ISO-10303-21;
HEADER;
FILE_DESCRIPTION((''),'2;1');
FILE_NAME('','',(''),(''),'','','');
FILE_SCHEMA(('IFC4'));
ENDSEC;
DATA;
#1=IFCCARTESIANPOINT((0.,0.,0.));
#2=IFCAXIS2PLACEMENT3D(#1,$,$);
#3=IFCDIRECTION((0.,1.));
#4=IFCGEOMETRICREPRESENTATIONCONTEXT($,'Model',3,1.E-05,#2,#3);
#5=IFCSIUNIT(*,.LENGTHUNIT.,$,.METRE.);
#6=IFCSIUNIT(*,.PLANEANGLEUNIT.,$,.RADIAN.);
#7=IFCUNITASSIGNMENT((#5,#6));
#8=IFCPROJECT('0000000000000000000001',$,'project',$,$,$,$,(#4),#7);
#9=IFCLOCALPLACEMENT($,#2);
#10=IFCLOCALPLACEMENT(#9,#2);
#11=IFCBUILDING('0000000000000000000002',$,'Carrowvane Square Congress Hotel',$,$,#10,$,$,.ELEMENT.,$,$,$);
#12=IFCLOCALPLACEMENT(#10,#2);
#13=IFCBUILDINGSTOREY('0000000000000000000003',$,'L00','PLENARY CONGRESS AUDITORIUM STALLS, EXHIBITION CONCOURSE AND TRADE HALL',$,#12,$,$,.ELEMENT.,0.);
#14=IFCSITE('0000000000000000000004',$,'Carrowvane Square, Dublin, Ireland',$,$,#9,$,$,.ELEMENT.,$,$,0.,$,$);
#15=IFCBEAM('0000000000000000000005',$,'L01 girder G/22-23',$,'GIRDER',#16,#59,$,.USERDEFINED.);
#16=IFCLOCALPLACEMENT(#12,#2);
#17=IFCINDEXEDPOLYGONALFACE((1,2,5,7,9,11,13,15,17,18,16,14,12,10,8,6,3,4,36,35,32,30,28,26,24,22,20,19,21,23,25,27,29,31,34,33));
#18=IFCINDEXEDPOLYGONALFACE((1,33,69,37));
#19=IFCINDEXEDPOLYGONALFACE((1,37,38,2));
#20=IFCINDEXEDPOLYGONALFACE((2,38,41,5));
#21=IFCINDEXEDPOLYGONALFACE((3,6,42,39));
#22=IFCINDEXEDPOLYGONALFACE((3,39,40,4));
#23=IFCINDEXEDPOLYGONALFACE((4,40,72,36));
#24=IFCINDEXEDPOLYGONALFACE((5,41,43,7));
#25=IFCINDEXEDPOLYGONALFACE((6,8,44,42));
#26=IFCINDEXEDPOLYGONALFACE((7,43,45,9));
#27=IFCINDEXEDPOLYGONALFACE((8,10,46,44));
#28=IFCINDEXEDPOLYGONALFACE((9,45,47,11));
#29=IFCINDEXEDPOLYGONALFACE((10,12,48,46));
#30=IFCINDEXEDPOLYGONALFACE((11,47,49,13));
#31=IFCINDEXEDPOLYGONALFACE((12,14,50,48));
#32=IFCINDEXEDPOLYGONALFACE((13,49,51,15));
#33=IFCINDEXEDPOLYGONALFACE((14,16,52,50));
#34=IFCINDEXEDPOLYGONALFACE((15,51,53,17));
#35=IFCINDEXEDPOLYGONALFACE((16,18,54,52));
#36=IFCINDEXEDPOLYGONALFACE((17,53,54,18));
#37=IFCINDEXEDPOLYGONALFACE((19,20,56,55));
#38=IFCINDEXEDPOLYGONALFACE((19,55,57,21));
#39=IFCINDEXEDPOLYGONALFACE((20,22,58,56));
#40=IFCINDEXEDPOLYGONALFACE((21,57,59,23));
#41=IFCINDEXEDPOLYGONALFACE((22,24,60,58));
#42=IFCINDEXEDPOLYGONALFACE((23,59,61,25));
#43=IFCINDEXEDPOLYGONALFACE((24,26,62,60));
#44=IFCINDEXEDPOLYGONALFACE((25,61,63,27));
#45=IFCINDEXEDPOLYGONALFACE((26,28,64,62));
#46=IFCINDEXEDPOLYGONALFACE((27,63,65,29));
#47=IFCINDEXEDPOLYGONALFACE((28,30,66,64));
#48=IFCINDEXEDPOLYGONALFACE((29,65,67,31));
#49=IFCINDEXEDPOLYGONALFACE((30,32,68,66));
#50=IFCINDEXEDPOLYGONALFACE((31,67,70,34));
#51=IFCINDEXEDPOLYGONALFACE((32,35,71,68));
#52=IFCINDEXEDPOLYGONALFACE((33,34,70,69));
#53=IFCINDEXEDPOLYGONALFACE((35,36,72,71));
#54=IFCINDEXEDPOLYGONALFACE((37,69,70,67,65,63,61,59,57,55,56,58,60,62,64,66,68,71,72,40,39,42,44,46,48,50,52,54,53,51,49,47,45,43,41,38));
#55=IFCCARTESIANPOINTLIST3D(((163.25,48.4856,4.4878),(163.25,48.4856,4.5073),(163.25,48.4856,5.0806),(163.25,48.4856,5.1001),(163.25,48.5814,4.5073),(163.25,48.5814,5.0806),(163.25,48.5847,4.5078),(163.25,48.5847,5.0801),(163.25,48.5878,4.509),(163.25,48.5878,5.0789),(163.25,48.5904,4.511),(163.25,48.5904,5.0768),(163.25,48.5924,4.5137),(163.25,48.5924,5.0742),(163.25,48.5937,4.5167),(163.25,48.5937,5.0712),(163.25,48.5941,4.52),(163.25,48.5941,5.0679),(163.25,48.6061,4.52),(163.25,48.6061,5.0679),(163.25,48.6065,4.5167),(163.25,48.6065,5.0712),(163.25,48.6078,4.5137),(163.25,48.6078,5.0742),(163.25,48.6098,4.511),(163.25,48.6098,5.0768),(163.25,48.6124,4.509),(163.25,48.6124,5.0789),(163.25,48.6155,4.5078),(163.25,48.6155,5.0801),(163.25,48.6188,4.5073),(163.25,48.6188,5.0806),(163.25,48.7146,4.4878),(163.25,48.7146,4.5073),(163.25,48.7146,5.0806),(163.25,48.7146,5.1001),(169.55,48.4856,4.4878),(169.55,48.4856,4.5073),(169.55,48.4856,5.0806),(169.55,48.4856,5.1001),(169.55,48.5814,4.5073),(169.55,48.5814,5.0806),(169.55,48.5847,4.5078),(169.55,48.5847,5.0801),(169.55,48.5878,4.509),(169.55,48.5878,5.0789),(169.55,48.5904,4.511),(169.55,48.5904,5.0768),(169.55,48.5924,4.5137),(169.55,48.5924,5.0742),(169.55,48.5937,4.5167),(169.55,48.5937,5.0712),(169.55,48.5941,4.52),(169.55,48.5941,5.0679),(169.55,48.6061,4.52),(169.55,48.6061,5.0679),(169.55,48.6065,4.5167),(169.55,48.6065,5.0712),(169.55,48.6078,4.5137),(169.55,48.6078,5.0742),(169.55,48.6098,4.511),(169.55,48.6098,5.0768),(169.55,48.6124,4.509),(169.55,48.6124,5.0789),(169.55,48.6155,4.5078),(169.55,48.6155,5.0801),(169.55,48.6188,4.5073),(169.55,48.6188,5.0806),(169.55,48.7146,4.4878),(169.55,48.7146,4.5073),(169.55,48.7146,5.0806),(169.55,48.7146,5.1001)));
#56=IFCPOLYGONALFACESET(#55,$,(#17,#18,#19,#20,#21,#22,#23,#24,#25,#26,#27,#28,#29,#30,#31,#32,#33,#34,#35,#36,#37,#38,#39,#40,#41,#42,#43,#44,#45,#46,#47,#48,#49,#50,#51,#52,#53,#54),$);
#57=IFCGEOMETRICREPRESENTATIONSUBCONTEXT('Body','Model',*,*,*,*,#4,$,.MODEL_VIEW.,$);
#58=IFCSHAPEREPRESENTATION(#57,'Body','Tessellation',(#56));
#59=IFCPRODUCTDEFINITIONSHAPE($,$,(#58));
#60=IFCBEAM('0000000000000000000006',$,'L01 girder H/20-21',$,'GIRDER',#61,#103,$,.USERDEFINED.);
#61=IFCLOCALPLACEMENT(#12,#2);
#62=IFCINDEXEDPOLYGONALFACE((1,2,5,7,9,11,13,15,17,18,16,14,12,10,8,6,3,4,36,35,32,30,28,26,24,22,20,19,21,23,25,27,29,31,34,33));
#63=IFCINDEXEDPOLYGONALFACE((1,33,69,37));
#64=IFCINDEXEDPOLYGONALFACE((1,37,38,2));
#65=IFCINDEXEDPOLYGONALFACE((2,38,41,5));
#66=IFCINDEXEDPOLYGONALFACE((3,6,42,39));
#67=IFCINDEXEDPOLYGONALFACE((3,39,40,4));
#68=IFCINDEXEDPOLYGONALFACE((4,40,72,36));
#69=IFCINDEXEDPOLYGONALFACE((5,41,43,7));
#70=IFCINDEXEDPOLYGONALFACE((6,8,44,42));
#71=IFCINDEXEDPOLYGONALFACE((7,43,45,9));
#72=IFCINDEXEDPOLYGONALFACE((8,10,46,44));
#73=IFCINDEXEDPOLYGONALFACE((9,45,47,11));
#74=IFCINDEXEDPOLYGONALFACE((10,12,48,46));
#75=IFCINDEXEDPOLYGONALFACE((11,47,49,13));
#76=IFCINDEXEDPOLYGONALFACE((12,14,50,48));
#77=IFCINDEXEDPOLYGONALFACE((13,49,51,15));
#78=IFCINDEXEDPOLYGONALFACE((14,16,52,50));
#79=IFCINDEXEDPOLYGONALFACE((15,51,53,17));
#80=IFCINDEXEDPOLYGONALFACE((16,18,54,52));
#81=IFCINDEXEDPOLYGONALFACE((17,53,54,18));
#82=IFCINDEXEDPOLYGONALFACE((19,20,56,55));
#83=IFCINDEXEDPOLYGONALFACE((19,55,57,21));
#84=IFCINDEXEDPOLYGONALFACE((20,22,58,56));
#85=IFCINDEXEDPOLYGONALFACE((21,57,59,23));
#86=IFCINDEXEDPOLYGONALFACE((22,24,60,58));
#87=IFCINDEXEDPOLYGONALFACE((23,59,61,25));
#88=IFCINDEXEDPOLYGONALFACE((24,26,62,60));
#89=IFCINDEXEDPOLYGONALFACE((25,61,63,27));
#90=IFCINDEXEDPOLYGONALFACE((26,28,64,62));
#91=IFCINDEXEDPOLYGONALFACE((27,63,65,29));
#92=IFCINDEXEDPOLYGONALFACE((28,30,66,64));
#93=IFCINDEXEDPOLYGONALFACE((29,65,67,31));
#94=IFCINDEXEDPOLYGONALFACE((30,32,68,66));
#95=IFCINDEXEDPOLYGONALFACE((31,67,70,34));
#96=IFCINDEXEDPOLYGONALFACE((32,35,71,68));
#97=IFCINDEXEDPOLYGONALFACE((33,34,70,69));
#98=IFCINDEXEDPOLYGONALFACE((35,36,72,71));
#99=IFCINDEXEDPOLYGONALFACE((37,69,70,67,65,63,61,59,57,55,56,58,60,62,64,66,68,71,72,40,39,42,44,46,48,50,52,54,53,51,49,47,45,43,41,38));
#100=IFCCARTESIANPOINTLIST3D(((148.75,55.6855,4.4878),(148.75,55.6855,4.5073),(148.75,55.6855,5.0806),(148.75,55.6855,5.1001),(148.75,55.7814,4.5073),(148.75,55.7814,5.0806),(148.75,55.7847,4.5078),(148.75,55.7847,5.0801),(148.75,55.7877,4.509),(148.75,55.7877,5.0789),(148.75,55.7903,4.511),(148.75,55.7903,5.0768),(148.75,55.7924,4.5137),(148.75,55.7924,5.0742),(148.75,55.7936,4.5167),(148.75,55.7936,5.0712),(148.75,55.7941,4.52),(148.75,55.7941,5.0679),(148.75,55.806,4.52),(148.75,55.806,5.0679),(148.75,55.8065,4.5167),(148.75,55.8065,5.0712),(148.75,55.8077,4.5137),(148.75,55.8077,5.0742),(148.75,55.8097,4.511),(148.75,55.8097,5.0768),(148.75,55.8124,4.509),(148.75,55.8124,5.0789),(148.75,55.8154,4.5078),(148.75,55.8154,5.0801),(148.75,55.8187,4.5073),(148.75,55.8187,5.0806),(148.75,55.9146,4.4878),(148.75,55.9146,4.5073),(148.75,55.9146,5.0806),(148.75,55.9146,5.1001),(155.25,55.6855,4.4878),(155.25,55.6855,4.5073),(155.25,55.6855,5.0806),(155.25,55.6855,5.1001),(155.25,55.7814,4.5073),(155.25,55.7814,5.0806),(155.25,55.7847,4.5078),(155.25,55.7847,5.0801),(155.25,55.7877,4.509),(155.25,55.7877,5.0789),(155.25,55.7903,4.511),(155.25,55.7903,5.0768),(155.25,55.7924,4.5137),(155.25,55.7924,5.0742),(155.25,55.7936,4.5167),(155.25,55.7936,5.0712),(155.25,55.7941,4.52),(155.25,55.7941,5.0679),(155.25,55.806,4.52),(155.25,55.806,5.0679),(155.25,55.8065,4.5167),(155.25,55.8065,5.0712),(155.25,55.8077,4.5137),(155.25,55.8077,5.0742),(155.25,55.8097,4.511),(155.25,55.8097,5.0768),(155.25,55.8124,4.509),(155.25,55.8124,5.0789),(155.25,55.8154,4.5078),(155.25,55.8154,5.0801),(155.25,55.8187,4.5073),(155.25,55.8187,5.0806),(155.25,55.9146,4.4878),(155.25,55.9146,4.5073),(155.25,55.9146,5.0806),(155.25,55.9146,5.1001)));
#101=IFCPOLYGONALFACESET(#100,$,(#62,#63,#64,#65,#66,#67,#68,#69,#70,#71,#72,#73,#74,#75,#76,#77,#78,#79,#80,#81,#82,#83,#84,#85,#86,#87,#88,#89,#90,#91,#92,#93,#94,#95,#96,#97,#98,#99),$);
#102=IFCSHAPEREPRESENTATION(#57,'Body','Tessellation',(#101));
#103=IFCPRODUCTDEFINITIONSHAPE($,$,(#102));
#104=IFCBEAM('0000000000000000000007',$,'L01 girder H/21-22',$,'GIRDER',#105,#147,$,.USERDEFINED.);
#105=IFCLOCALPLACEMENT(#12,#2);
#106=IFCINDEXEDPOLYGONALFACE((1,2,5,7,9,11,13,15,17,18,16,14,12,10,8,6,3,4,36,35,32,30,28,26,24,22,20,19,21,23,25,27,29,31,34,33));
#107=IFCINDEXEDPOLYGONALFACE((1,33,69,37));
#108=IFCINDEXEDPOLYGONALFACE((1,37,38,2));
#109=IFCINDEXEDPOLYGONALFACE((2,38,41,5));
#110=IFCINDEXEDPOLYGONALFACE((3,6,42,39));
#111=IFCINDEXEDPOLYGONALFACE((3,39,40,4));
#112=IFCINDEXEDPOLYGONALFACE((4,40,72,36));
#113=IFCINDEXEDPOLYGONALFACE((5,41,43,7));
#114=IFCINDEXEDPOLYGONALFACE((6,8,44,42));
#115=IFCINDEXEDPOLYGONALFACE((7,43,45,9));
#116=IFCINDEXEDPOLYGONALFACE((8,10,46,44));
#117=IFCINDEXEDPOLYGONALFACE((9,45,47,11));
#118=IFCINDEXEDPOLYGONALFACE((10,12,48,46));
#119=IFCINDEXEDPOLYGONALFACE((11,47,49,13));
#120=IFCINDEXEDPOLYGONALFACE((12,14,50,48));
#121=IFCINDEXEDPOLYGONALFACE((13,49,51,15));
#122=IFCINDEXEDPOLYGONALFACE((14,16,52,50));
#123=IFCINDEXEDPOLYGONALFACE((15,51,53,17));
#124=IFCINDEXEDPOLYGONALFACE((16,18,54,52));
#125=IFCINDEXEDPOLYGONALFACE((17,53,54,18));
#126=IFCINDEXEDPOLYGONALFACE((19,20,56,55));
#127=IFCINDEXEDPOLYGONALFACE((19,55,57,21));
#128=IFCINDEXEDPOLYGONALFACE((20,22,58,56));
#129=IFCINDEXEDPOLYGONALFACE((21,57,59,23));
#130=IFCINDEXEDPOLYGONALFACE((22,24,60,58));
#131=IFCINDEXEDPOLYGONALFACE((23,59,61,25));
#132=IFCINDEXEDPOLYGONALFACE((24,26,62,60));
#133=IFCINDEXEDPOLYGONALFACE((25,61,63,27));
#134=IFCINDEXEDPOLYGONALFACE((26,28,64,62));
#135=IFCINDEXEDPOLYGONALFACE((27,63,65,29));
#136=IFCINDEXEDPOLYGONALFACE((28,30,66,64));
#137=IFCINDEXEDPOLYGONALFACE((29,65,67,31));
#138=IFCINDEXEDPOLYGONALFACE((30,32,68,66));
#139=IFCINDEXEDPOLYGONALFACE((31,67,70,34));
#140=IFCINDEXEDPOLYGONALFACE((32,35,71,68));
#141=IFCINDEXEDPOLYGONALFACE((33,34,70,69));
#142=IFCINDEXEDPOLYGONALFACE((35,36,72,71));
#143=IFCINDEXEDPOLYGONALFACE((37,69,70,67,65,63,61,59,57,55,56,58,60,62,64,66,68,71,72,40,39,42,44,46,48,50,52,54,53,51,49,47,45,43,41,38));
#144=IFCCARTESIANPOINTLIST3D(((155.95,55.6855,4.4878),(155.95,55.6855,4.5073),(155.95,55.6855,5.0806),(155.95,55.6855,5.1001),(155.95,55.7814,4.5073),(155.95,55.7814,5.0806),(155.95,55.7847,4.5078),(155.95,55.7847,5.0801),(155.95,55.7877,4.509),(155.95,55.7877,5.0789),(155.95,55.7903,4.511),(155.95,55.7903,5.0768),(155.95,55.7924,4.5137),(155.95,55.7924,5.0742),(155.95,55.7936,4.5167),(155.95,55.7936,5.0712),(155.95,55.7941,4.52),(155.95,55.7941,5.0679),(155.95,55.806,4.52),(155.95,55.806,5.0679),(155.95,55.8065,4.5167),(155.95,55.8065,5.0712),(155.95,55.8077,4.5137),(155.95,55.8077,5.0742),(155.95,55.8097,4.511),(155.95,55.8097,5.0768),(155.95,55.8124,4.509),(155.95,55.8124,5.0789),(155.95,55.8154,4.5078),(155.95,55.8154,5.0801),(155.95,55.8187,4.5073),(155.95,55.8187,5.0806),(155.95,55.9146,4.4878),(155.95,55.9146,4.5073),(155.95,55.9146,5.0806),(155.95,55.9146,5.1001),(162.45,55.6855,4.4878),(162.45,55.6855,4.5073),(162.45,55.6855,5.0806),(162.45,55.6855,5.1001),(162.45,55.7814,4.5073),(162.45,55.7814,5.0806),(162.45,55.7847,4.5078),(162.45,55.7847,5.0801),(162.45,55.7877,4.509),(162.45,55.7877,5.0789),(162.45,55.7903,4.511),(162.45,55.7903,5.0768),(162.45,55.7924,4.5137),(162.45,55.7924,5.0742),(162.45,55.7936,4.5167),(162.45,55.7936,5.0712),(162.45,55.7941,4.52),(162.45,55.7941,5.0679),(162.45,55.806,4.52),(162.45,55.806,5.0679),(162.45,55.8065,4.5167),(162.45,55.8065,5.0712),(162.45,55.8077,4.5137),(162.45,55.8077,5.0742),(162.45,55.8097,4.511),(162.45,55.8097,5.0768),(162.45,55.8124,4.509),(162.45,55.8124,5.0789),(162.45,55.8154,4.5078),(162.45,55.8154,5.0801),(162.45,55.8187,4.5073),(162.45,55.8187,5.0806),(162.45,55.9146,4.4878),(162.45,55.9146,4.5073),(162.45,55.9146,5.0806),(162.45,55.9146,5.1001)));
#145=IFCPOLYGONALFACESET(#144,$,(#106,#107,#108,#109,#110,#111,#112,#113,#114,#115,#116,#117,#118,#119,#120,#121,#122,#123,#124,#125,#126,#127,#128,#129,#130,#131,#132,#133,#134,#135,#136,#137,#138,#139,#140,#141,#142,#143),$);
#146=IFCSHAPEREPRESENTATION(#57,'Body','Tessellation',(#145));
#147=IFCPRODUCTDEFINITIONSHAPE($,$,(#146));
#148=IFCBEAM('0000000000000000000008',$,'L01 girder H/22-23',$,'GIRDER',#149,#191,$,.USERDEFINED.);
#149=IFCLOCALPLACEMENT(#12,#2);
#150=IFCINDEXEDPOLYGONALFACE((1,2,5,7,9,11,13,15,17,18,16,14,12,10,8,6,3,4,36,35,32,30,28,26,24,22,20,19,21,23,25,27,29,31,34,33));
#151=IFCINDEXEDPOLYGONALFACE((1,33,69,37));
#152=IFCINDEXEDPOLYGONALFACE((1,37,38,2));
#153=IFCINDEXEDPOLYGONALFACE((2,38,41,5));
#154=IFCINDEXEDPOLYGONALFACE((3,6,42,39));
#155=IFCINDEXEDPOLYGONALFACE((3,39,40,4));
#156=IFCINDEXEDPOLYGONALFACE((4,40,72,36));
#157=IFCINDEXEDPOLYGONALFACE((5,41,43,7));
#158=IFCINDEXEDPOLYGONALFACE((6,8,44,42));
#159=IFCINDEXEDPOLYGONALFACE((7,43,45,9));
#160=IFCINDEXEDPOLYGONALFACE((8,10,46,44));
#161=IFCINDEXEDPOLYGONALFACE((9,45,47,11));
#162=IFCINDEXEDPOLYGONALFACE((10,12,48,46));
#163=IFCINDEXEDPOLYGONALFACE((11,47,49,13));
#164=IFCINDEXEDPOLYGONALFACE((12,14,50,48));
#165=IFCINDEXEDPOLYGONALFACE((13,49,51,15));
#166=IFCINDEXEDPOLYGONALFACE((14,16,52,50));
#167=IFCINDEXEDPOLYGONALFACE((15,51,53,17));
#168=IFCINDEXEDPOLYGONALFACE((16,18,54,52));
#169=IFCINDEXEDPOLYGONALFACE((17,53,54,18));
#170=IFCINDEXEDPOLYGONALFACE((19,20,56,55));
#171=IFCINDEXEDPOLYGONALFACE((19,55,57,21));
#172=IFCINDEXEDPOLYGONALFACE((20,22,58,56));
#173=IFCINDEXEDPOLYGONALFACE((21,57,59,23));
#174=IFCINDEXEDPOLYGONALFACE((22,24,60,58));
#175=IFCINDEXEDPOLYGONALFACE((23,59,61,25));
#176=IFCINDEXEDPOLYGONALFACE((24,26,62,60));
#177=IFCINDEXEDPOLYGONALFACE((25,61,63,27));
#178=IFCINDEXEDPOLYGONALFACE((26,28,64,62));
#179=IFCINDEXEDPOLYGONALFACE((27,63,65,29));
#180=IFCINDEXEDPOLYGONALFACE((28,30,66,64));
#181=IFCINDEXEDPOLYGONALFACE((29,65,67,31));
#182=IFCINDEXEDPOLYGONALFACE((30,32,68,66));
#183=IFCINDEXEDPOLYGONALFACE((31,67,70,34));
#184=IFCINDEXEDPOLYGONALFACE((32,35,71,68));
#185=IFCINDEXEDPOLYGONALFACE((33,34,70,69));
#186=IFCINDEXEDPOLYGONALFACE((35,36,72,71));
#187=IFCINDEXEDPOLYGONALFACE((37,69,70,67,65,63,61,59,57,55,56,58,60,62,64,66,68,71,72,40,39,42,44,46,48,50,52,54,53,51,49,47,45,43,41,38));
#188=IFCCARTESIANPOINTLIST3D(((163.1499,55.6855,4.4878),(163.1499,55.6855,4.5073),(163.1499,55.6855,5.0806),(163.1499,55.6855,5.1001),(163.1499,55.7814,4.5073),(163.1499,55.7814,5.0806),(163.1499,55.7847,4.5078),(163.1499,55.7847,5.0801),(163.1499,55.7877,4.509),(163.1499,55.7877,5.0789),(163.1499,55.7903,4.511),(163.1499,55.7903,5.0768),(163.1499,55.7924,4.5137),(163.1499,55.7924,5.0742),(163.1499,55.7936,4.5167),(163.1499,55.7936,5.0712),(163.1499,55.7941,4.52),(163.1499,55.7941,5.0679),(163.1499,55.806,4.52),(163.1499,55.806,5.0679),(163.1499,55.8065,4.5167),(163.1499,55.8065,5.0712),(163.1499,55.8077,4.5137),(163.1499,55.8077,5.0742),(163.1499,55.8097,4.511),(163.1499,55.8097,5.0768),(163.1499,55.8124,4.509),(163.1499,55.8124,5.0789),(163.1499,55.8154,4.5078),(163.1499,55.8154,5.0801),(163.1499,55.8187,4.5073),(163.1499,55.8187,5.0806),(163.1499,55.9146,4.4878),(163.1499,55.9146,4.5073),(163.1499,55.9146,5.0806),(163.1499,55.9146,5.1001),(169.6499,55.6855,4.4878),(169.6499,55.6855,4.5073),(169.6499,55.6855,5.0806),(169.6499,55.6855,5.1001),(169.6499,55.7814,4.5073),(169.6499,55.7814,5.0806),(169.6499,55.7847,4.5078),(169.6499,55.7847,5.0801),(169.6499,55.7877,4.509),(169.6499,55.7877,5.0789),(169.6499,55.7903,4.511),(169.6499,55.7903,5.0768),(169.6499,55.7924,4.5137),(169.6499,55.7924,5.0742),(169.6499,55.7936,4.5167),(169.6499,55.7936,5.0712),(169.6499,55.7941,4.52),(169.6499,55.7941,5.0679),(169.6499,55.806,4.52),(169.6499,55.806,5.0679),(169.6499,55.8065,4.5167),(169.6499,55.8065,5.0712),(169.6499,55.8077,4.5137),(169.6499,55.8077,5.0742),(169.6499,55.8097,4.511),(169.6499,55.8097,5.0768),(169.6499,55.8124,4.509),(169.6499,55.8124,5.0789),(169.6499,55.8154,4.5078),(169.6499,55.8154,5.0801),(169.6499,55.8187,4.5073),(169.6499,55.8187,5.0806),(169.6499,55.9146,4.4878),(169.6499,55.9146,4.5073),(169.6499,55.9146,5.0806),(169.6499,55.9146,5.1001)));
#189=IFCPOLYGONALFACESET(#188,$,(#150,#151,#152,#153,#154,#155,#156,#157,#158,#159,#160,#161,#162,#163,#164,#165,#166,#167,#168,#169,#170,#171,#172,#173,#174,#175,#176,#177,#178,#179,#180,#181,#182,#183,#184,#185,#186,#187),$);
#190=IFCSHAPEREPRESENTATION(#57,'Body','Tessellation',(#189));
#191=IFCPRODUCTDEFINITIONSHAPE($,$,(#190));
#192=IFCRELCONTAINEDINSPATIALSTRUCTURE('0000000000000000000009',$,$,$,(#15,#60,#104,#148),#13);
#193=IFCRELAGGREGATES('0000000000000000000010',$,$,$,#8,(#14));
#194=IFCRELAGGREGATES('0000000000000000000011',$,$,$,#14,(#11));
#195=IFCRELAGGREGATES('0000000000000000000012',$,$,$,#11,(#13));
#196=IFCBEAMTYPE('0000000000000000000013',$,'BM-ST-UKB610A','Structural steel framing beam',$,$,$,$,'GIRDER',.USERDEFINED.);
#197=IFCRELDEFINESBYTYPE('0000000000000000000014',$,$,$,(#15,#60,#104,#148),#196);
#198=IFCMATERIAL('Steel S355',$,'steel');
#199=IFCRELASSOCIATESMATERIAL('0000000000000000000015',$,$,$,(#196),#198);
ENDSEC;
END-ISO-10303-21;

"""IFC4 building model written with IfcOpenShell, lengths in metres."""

from ifc_helpers import new_model, si_unit, direction, frame, origin, origin_2d, place, context, subcontext, project, spatial, i_section, extrude, material, material_profile, profile_set, type_object, element, save


model = new_model("IFC4")

# Units and contexts
model_context = context("Model", 3, precision=1e-05, world=origin(), true_north=direction((0.0, 1.0)))
body_context = subcontext(model_context, "Body", "Model", "MODEL_VIEW")
ifc_project = project(units=[si_unit("LENGTHUNIT", "METRE"), si_unit("PLANEANGLEUNIT", "RADIAN")], contexts=[model_context])

# Site, building, storey
site_placement = place(None, origin())
site = spatial("IfcSite", under=ifc_project, at=site_placement, Name="Carrowvane Square, Dublin, Ireland", CompositionType="ELEMENT", RefElevation=0.0)
building_placement = place(site_placement, origin())
building = spatial("IfcBuilding", under=site, at=building_placement, Name="Carrowvane Square Congress Hotel", CompositionType="ELEMENT")
storey_placement = place(building_placement, origin())
storey = spatial("IfcBuildingStorey", under=building, at=storey_placement, Name="L00", Description="PLENARY CONGRESS AUDITORIUM STALLS, EXHIBITION CONCOURSE AND TRADE HALL", CompositionType="ELEMENT", Elevation=0.0)

# Beams
ifc_material_1 = material(Name="Steel S355", Category="steel")
ifc_material_profile_1 = material_profile(ifc_material_1, i_section(OverallWidth=0.229, OverallDepth=0.6123, WebThickness=0.012, FlangeThickness=0.0195, FilletRadius=0.0127, at=origin_2d()), Name="UKB 610x229x125")
ifc_profile_set_1 = profile_set([ifc_material_profile_1], Name="Steel S355")
beam_type_1 = type_object("IfcBeamType", Name="BM-ST-UKB610A", Description="Structural steel framing beam", ElementType="GIRDER", PredefinedType="USERDEFINED", material=ifc_profile_set_1)
beam_1_placement = place(storey_placement, frame((163.25, 48.6001, 4.7939), z_axis=(1.0, 0.0, 0.0), x_axis=(0.0, 1.0, 0.0)))
element("IfcBeam", 1, at=beam_1_placement, inside=storey, type_object=beam_type_1, Name="L01 girder G/22-23", ObjectType="GIRDER", PredefinedType="USERDEFINED", context=body_context, shape_type="SweptSolid", body=[
    extrude(i_section(OverallWidth=0.229, OverallDepth=0.6123, WebThickness=0.012, FlangeThickness=0.0195, FilletRadius=0.0127, at=origin_2d()), origin(), (0.0, 0.0, 1.0), 6.3),
])
for number, where, z_axis, x_axis, name in (
    (2, (148.75, 55.8, 4.7939), (1.0, 0.0, 0.0), (0.0, 1.0, 0.0), "L01 girder H/20-21"),
    (3, (155.95, 55.8, 4.7939), (1.0, 0.0, 0.0), (0.0, 1.0, 0.0), "L01 girder H/21-22"),
    (4, (163.1499, 55.8, 4.7939), (1.0, 0.0, 0.0), (0.0, 1.0, 0.0), "L01 girder H/22-23"),
):
    element("IfcBeam", number, at=place(storey_placement, frame(where, z_axis=z_axis, x_axis=x_axis)), inside=storey, type_object=beam_type_1, Name=name, ObjectType="GIRDER", PredefinedType="USERDEFINED", context=body_context, shape_type="SweptSolid", body=[
        extrude(i_section(OverallWidth=0.229, OverallDepth=0.6123, WebThickness=0.012, FlangeThickness=0.0195, FilletRadius=0.0127, at=origin_2d()), origin(), (0.0, 0.0, 1.0), 6.5),
    ])

save(model, "model.ifc")
